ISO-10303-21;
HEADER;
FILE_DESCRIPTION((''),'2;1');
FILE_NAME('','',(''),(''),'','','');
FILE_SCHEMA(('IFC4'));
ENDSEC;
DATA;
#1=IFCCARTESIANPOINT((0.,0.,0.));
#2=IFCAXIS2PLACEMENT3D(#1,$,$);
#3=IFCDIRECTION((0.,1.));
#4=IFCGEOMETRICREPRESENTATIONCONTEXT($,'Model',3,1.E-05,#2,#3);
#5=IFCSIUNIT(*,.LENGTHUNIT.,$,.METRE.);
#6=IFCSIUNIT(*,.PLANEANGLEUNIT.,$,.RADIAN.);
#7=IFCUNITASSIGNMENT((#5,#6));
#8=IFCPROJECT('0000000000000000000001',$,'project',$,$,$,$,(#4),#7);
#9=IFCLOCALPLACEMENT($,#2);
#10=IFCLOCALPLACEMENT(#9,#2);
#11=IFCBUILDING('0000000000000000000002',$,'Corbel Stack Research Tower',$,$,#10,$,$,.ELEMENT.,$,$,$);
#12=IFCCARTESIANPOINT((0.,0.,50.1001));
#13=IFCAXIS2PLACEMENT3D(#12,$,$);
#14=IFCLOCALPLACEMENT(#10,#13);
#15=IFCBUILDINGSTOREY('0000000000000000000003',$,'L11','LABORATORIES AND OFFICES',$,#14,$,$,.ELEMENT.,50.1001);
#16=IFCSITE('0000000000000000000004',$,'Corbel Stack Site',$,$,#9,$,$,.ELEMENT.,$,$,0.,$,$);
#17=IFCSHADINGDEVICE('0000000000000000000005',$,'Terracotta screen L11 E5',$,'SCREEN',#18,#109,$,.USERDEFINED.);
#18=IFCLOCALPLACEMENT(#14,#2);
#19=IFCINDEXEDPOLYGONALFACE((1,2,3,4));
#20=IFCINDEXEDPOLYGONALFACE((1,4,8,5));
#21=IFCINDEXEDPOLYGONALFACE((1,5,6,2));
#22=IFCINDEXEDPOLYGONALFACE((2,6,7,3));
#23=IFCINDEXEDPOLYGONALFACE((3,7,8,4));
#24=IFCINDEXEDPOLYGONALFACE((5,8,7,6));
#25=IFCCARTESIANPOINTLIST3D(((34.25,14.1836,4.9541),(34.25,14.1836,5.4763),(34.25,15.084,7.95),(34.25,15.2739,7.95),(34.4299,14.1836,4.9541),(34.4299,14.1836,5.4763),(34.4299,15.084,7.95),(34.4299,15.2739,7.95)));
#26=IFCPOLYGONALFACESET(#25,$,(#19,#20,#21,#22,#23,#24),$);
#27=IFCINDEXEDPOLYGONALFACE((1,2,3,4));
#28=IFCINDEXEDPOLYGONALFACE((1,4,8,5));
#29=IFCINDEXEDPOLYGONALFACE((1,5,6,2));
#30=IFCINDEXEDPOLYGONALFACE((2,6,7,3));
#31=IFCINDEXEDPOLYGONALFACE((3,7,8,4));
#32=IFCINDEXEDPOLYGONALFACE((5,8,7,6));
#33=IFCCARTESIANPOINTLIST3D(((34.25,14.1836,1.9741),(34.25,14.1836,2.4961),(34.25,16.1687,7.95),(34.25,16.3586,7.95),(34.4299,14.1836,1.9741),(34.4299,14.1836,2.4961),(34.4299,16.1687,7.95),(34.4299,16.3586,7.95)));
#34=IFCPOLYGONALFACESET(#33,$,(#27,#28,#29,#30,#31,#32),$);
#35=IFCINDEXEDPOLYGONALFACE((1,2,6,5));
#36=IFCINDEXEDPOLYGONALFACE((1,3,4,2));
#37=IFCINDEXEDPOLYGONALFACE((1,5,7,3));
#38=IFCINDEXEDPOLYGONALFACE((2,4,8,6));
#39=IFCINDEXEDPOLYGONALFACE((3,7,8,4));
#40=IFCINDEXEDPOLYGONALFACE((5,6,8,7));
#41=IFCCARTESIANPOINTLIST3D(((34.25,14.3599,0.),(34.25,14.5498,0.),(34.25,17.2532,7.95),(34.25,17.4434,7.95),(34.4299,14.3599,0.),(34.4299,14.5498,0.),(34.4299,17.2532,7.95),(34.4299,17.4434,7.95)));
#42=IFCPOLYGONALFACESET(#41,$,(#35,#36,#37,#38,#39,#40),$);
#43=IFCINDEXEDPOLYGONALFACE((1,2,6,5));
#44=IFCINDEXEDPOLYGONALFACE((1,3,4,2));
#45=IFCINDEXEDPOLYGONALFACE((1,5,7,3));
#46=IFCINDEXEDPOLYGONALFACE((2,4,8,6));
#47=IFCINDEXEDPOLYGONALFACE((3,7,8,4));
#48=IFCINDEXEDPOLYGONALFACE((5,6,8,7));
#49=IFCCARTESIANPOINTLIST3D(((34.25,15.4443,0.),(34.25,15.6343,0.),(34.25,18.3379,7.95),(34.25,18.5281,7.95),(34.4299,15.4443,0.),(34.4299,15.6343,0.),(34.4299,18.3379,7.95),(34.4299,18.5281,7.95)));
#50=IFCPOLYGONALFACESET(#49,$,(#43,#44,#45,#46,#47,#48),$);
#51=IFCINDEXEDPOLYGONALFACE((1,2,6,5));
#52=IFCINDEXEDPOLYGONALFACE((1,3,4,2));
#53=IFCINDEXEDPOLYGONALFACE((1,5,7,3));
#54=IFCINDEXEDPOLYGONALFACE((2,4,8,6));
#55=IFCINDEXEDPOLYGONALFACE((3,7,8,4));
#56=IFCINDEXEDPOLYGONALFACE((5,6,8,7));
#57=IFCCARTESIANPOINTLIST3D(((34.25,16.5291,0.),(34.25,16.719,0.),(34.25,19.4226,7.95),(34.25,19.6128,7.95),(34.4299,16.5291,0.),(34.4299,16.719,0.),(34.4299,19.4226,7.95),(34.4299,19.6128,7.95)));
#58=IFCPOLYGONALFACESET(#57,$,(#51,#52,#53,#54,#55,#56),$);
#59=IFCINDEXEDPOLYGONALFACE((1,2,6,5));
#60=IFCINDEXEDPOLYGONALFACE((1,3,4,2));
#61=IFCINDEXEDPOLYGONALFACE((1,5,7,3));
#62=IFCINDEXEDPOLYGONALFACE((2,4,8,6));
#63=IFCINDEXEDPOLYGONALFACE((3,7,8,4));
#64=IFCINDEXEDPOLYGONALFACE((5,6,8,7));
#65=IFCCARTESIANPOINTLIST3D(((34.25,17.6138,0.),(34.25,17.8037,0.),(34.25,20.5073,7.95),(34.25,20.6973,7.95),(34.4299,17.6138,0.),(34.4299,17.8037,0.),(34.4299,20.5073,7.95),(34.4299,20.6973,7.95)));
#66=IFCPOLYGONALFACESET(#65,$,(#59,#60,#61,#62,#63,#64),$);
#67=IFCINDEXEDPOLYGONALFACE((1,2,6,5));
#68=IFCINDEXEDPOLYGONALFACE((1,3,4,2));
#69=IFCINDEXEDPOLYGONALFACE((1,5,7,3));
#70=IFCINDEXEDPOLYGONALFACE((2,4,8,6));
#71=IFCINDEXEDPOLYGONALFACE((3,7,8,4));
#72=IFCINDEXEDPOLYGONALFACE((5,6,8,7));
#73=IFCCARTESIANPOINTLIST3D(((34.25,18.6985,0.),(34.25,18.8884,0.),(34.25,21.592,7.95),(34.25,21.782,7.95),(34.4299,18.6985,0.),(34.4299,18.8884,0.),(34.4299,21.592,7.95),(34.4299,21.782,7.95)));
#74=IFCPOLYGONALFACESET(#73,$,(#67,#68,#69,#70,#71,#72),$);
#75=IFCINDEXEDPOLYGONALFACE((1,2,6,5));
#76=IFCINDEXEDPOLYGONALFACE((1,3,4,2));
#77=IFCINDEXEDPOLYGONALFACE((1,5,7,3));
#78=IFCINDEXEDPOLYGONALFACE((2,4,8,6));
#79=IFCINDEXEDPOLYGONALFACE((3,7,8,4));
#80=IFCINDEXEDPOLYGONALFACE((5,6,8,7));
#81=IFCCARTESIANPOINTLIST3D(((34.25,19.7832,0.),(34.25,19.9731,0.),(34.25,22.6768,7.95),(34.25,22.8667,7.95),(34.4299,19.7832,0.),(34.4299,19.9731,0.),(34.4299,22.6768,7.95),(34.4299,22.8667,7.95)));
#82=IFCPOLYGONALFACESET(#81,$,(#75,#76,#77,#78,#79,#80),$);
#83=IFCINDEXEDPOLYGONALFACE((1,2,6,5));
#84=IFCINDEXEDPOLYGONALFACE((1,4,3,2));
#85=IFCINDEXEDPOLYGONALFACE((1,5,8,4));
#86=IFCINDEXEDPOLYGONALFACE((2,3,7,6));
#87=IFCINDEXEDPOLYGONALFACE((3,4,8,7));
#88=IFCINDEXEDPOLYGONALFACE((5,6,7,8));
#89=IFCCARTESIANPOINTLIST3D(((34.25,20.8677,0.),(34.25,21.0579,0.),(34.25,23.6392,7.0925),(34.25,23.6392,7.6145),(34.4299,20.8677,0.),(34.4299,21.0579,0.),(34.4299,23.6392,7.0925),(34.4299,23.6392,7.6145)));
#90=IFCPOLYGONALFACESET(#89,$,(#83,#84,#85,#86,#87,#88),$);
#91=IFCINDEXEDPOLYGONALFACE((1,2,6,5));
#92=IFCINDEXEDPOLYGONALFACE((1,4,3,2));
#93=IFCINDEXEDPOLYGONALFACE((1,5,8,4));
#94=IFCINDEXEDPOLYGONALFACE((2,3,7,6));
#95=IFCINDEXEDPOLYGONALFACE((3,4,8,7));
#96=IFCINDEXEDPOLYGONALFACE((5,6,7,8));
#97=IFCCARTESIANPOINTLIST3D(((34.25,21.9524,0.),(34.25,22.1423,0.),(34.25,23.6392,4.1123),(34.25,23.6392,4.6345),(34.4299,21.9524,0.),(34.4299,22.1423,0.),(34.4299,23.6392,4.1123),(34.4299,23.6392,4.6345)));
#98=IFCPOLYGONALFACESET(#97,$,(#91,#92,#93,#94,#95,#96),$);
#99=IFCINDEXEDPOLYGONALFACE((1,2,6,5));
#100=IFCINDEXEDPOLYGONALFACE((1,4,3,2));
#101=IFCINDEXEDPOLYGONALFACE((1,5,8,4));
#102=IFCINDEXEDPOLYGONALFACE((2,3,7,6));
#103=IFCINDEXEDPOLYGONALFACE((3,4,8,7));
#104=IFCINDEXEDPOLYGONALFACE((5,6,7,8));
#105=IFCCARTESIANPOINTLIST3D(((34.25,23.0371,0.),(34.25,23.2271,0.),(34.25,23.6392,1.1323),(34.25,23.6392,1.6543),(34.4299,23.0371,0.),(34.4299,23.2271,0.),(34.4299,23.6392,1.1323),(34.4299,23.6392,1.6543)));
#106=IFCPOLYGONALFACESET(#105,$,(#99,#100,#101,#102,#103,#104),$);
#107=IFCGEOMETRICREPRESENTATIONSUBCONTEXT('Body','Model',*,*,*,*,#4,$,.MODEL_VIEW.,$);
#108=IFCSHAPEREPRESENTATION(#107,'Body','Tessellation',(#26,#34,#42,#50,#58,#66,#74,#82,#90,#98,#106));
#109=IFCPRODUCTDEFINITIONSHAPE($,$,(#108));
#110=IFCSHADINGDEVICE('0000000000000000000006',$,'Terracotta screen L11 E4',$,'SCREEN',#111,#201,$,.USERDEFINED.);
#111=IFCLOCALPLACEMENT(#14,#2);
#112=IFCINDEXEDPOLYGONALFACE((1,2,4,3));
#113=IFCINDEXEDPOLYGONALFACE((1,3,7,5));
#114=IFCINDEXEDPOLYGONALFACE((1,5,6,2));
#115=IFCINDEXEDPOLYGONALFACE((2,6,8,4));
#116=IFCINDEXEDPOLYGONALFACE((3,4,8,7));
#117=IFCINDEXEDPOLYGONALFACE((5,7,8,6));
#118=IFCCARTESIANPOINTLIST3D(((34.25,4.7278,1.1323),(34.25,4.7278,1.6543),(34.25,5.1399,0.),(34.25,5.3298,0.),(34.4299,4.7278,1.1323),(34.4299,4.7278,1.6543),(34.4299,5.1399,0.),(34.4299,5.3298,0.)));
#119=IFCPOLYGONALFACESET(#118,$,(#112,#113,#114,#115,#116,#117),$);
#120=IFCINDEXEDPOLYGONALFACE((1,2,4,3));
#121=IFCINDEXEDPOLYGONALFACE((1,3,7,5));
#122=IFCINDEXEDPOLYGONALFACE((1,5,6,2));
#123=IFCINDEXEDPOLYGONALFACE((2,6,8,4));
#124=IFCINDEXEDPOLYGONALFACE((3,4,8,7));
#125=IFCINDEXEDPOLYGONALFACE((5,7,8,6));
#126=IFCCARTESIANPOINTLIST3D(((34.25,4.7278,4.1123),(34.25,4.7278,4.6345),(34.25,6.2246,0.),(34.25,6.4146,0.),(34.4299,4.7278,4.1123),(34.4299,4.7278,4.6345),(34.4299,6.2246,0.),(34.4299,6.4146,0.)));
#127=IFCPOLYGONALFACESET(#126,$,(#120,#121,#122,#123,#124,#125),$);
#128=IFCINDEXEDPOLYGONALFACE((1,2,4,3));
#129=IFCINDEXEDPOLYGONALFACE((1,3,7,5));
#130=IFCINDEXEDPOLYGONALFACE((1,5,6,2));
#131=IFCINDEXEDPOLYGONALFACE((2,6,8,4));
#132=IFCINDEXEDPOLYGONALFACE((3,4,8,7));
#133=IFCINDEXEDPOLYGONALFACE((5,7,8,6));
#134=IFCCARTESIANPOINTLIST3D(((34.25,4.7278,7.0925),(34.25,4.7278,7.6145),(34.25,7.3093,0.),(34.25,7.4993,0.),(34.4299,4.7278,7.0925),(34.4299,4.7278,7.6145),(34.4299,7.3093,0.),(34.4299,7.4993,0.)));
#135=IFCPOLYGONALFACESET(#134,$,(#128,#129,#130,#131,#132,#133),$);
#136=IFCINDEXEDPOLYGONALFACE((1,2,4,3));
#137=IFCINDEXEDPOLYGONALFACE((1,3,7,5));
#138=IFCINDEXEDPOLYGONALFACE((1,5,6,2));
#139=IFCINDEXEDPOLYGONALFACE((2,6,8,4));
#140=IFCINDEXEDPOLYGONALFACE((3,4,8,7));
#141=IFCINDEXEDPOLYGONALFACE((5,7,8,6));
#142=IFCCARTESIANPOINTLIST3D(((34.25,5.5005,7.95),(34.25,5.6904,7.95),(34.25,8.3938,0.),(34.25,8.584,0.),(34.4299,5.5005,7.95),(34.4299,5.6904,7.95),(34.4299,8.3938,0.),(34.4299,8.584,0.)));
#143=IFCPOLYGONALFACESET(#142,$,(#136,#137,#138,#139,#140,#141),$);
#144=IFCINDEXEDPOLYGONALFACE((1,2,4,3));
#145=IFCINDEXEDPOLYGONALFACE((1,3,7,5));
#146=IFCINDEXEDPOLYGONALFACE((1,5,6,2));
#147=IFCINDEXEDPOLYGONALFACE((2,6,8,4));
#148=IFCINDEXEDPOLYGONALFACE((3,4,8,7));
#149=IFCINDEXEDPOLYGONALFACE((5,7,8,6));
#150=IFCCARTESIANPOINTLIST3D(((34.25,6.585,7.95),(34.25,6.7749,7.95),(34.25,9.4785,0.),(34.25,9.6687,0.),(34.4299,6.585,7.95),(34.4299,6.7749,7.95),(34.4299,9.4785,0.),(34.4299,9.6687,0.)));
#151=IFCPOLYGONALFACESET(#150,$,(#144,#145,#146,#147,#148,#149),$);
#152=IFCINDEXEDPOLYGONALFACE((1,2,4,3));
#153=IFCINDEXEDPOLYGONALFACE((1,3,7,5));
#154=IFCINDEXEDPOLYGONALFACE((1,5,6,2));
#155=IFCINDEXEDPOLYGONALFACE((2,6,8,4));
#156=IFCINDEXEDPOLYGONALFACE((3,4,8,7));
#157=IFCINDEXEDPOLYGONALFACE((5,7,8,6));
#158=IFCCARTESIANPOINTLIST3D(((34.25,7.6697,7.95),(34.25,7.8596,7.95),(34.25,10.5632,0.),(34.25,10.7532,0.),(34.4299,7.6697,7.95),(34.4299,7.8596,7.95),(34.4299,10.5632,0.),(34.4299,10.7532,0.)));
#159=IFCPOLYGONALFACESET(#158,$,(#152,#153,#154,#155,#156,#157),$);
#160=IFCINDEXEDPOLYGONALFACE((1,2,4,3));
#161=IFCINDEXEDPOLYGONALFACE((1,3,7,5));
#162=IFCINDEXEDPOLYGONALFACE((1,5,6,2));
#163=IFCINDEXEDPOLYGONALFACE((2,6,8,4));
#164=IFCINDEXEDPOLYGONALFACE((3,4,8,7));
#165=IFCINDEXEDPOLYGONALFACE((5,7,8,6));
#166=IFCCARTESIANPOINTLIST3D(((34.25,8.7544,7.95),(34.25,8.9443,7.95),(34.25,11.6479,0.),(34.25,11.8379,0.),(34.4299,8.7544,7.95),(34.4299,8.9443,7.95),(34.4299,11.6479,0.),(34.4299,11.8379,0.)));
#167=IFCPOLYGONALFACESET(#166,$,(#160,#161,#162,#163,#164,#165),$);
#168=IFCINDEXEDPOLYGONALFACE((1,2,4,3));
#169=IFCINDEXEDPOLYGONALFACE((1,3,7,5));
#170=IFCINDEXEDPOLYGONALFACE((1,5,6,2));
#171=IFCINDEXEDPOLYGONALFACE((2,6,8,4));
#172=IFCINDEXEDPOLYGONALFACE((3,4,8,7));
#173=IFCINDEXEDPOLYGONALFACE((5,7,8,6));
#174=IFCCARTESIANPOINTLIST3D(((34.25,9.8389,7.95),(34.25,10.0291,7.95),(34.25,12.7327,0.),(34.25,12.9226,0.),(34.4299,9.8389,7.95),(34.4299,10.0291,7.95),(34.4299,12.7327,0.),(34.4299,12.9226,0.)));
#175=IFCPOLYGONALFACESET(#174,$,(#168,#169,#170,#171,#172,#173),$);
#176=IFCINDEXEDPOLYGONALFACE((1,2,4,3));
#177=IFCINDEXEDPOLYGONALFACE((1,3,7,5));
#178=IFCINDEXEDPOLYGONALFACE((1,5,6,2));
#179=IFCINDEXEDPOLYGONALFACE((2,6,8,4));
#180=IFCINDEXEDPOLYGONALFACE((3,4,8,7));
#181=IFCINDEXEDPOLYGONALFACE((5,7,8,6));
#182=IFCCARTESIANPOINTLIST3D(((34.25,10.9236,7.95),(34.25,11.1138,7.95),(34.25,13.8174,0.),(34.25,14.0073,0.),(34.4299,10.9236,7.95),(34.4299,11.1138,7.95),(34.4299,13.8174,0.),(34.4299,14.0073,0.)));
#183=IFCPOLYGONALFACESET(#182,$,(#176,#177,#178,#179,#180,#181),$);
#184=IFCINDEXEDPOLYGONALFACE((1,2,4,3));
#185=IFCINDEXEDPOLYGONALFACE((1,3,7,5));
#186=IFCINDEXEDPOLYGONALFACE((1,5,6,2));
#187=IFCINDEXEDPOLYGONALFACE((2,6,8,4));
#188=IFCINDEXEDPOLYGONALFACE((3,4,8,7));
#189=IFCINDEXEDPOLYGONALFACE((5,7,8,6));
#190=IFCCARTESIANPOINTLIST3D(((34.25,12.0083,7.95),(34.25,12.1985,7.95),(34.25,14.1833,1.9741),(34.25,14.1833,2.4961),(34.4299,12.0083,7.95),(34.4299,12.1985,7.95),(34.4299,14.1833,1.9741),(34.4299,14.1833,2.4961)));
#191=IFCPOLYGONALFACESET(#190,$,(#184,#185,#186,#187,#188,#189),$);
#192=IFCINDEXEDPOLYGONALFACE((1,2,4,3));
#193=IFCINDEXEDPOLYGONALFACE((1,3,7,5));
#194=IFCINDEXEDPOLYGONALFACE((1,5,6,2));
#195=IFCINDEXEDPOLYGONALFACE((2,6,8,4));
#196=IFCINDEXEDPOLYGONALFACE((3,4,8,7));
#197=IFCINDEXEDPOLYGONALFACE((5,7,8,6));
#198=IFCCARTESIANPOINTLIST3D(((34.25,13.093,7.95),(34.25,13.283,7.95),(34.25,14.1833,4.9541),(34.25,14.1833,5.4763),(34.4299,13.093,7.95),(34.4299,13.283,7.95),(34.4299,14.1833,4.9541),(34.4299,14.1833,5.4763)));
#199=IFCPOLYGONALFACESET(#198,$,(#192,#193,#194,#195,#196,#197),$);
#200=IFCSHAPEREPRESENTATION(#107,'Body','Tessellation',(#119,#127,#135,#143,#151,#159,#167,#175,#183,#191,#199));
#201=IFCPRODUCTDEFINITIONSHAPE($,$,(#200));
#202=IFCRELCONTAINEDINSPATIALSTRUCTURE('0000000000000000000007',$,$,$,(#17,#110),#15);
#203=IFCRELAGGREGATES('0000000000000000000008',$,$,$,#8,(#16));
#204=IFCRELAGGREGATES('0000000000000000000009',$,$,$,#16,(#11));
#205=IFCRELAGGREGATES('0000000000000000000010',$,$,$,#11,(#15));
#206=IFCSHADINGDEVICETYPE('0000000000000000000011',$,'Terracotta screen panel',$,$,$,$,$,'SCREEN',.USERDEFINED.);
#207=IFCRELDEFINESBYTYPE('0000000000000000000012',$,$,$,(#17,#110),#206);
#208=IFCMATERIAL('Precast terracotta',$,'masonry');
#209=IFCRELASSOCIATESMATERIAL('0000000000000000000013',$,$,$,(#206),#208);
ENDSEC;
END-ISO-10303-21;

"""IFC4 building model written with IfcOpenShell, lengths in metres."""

from ifc_helpers import new_model, si_unit, direction, frame, origin, place, context, subcontext, project, spatial, polyline, outline, extrude, source, transform, mapped, material, type_object, element, save


model = new_model("IFC4")

# Units and contexts
model_context = context("Model", 3, precision=1e-05, world=origin(), true_north=direction((0.0, 1.0)))
body_context = subcontext(model_context, "Body", "Model", "MODEL_VIEW")
ifc_project = project(units=[si_unit("LENGTHUNIT", "METRE"), si_unit("PLANEANGLEUNIT", "RADIAN")], contexts=[model_context])

# Site, building, storey
site_placement = place(None, origin())
site = spatial("IfcSite", under=ifc_project, at=site_placement, Name="Corbel Stack Site", CompositionType="ELEMENT", RefElevation=0.0)
building_placement = place(site_placement, origin())
building = spatial("IfcBuilding", under=site, at=building_placement, Name="Corbel Stack Research Tower", CompositionType="ELEMENT")
storey_placement = place(building_placement, frame((0.0, 0.0, 50.1001)))
storey = spatial("IfcBuildingStorey", under=building, at=storey_placement, Name="L11", Description="LABORATORIES AND OFFICES", CompositionType="ELEMENT", Elevation=50.1001)

# Shading devices
ifc_material_1 = material(Name="Precast terracotta", Category="masonry")
shading_device_type = type_object("IfcShadingDeviceType", Name="Terracotta screen panel", ElementType="SCREEN", PredefinedType="USERDEFINED", material=ifc_material_1)
shared_shape_1 = source(origin(), body_context, "Body", "SweptSolid", [
    extrude(outline(polyline([(1.0903, 7.95), (0.9004, 7.95), (0.0, 5.4763), (0.0, 4.9541), (1.0903, 7.95)])), frame((0.0, 0.0, 0.0), z_axis=(0.0, -1.0, 0.0), x_axis=(1.0, 0.0, 0.0)), (0.0, 0.0, 1.0), 0.1799),
    extrude(outline(polyline([(2.175, 7.95), (1.9851, 7.95), (0.0, 2.4961), (0.0, 1.9741), (2.175, 7.95)])), frame((0.0, 0.0, 0.0), z_axis=(0.0, -1.0, 0.0), x_axis=(1.0, 0.0, 0.0)), (0.0, 0.0, 1.0), 0.1799),
    extrude(outline(polyline([(0.3662, 0.0), (3.2598, 7.95), (3.0696, 7.95), (0.1763, 0.0), (0.3662, 0.0)])), frame((0.0, 0.0, 0.0), z_axis=(0.0, -1.0, 0.0), x_axis=(1.0, 0.0, 0.0)), (0.0, 0.0, 1.0), 0.1799),
    extrude(outline(polyline([(1.4507, 0.0), (4.3445, 7.95), (4.1543, 7.95), (1.2607, 0.0), (1.4507, 0.0)])), frame((0.0, 0.0, 0.0), z_axis=(0.0, -1.0, 0.0), x_axis=(1.0, 0.0, 0.0)), (0.0, 0.0, 1.0), 0.1799),
    extrude(outline(polyline([(2.5354, 0.0), (5.4292, 7.95), (5.239, 7.95), (2.3455, 0.0), (2.5354, 0.0)])), frame((0.0, 0.0, 0.0), z_axis=(0.0, -1.0, 0.0), x_axis=(1.0, 0.0, 0.0)), (0.0, 0.0, 1.0), 0.1799),
    extrude(outline(polyline([(3.6201, 0.0), (6.5137, 7.95), (6.3237, 7.95), (3.4302, 0.0), (3.6201, 0.0)])), frame((0.0, 0.0, 0.0), z_axis=(0.0, -1.0, 0.0), x_axis=(1.0, 0.0, 0.0)), (0.0, 0.0, 1.0), 0.1799),
    extrude(outline(polyline([(4.7048, 0.0), (7.5984, 7.95), (7.4084, 7.95), (4.5149, 0.0), (4.7048, 0.0)])), frame((0.0, 0.0, 0.0), z_axis=(0.0, -1.0, 0.0), x_axis=(1.0, 0.0, 0.0)), (0.0, 0.0, 1.0), 0.1799),
    extrude(outline(polyline([(5.7896, 0.0), (8.6831, 7.95), (8.4932, 7.95), (5.5996, 0.0), (5.7896, 0.0)])), frame((0.0, 0.0, 0.0), z_axis=(0.0, -1.0, 0.0), x_axis=(1.0, 0.0, 0.0)), (0.0, 0.0, 1.0), 0.1799),
    extrude(outline(polyline([(6.8743, 0.0), (9.4556, 7.0925), (9.4556, 7.6145), (6.6841, 0.0), (6.8743, 0.0)])), frame((0.0, 0.0, 0.0), z_axis=(0.0, -1.0, 0.0), x_axis=(1.0, 0.0, 0.0)), (0.0, 0.0, 1.0), 0.1799),
    extrude(outline(polyline([(7.9587, 0.0), (9.4556, 4.1123), (9.4556, 4.6345), (7.7688, 0.0), (7.9587, 0.0)])), frame((0.0, 0.0, 0.0), z_axis=(0.0, -1.0, 0.0), x_axis=(1.0, 0.0, 0.0)), (0.0, 0.0, 1.0), 0.1799),
    extrude(outline(polyline([(9.0435, 0.0), (9.4556, 1.1323), (9.4556, 1.6543), (8.8535, 0.0), (9.0435, 0.0)])), frame((0.0, 0.0, 0.0), z_axis=(0.0, -1.0, 0.0), x_axis=(1.0, 0.0, 0.0)), (0.0, 0.0, 1.0), 0.1799),
])
shading_device_1_placement = place(storey_placement, frame((34.25, 14.1836, 0.0), z_axis=(0.0, 0.0, 1.0), x_axis=(0.0, 1.0, 0.0)))
element("IfcShadingDevice", 1, at=shading_device_1_placement, inside=storey, type_object=shading_device_type, Name="Terracotta screen L11 E5", ObjectType="SCREEN", PredefinedType="USERDEFINED", context=body_context, shape_type="MappedRepresentation", body=[
    mapped(shared_shape_1, transform((0.0, 0.0, 0.0))),
])
shared_shape_2 = source(origin(), body_context, "Body", "SweptSolid", [
    extrude(outline(polyline([(0.6021, 0.0), (0.0, 1.6543), (0.0, 1.1323), (0.4121, 0.0), (0.6021, 0.0)])), frame((0.0, 0.0, 0.0), z_axis=(0.0, -1.0, 0.0), x_axis=(1.0, 0.0, 0.0)), (0.0, 0.0, 1.0), 0.1799),
    extrude(outline(polyline([(1.6868, 0.0), (0.0, 4.6345), (0.0, 4.1123), (1.4968, 0.0), (1.6868, 0.0)])), frame((0.0, 0.0, 0.0), z_axis=(0.0, -1.0, 0.0), x_axis=(1.0, 0.0, 0.0)), (0.0, 0.0, 1.0), 0.1799),
    extrude(outline(polyline([(2.7715, 0.0), (0.0, 7.6145), (0.0, 7.0925), (2.5815, 0.0), (2.7715, 0.0)])), frame((0.0, 0.0, 0.0), z_axis=(0.0, -1.0, 0.0), x_axis=(1.0, 0.0, 0.0)), (0.0, 0.0, 1.0), 0.1799),
    extrude(outline(polyline([(3.8562, 0.0), (0.9626, 7.95), (0.7727, 7.95), (3.666, 0.0), (3.8562, 0.0)])), frame((0.0, 0.0, 0.0), z_axis=(0.0, -1.0, 0.0), x_axis=(1.0, 0.0, 0.0)), (0.0, 0.0, 1.0), 0.1799),
    extrude(outline(polyline([(4.9409, 0.0), (2.0471, 7.95), (1.8572, 7.95), (4.7507, 0.0), (4.9409, 0.0)])), frame((0.0, 0.0, 0.0), z_axis=(0.0, -1.0, 0.0), x_axis=(1.0, 0.0, 0.0)), (0.0, 0.0, 1.0), 0.1799),
    extrude(outline(polyline([(6.0254, 0.0), (3.1318, 7.95), (2.9419, 7.95), (5.8354, 0.0), (6.0254, 0.0)])), frame((0.0, 0.0, 0.0), z_axis=(0.0, -1.0, 0.0), x_axis=(1.0, 0.0, 0.0)), (0.0, 0.0, 1.0), 0.1799),
    extrude(outline(polyline([(7.1101, 0.0), (4.2166, 7.95), (4.0266, 7.95), (6.9202, 0.0), (7.1101, 0.0)])), frame((0.0, 0.0, 0.0), z_axis=(0.0, -1.0, 0.0), x_axis=(1.0, 0.0, 0.0)), (0.0, 0.0, 1.0), 0.1799),
    extrude(outline(polyline([(8.1948, 0.0), (5.3013, 7.95), (5.1111, 7.95), (8.0049, 0.0), (8.1948, 0.0)])), frame((0.0, 0.0, 0.0), z_axis=(0.0, -1.0, 0.0), x_axis=(1.0, 0.0, 0.0)), (0.0, 0.0, 1.0), 0.1799),
    extrude(outline(polyline([(9.2795, 0.0), (6.386, 7.95), (6.1958, 7.95), (9.0896, 0.0), (9.2795, 0.0)])), frame((0.0, 0.0, 0.0), z_axis=(0.0, -1.0, 0.0), x_axis=(1.0, 0.0, 0.0)), (0.0, 0.0, 1.0), 0.1799),
    extrude(outline(polyline([(7.4707, 7.95), (7.2805, 7.95), (9.4556, 1.9741), (9.4556, 2.4961), (7.4707, 7.95)])), frame((0.0, 0.0, 0.0), z_axis=(0.0, -1.0, 0.0), x_axis=(1.0, 0.0, 0.0)), (0.0, 0.0, 1.0), 0.1799),
    extrude(outline(polyline([(8.5552, 7.95), (8.3652, 7.95), (9.4556, 4.9541), (9.4556, 5.4763), (8.5552, 7.95)])), frame((0.0, 0.0, 0.0), z_axis=(0.0, -1.0, 0.0), x_axis=(1.0, 0.0, 0.0)), (0.0, 0.0, 1.0), 0.1799),
])
shading_device_2_placement = place(storey_placement, frame((34.25, 4.7278, 0.0), z_axis=(0.0, 0.0, 1.0), x_axis=(0.0, 1.0, 0.0)))
element("IfcShadingDevice", 2, at=shading_device_2_placement, inside=storey, type_object=shading_device_type, Name="Terracotta screen L11 E4", ObjectType="SCREEN", PredefinedType="USERDEFINED", context=body_context, shape_type="MappedRepresentation", body=[
    mapped(shared_shape_2, transform((0.0, 0.0, 0.0))),
])

save(model, "model.ifc")
